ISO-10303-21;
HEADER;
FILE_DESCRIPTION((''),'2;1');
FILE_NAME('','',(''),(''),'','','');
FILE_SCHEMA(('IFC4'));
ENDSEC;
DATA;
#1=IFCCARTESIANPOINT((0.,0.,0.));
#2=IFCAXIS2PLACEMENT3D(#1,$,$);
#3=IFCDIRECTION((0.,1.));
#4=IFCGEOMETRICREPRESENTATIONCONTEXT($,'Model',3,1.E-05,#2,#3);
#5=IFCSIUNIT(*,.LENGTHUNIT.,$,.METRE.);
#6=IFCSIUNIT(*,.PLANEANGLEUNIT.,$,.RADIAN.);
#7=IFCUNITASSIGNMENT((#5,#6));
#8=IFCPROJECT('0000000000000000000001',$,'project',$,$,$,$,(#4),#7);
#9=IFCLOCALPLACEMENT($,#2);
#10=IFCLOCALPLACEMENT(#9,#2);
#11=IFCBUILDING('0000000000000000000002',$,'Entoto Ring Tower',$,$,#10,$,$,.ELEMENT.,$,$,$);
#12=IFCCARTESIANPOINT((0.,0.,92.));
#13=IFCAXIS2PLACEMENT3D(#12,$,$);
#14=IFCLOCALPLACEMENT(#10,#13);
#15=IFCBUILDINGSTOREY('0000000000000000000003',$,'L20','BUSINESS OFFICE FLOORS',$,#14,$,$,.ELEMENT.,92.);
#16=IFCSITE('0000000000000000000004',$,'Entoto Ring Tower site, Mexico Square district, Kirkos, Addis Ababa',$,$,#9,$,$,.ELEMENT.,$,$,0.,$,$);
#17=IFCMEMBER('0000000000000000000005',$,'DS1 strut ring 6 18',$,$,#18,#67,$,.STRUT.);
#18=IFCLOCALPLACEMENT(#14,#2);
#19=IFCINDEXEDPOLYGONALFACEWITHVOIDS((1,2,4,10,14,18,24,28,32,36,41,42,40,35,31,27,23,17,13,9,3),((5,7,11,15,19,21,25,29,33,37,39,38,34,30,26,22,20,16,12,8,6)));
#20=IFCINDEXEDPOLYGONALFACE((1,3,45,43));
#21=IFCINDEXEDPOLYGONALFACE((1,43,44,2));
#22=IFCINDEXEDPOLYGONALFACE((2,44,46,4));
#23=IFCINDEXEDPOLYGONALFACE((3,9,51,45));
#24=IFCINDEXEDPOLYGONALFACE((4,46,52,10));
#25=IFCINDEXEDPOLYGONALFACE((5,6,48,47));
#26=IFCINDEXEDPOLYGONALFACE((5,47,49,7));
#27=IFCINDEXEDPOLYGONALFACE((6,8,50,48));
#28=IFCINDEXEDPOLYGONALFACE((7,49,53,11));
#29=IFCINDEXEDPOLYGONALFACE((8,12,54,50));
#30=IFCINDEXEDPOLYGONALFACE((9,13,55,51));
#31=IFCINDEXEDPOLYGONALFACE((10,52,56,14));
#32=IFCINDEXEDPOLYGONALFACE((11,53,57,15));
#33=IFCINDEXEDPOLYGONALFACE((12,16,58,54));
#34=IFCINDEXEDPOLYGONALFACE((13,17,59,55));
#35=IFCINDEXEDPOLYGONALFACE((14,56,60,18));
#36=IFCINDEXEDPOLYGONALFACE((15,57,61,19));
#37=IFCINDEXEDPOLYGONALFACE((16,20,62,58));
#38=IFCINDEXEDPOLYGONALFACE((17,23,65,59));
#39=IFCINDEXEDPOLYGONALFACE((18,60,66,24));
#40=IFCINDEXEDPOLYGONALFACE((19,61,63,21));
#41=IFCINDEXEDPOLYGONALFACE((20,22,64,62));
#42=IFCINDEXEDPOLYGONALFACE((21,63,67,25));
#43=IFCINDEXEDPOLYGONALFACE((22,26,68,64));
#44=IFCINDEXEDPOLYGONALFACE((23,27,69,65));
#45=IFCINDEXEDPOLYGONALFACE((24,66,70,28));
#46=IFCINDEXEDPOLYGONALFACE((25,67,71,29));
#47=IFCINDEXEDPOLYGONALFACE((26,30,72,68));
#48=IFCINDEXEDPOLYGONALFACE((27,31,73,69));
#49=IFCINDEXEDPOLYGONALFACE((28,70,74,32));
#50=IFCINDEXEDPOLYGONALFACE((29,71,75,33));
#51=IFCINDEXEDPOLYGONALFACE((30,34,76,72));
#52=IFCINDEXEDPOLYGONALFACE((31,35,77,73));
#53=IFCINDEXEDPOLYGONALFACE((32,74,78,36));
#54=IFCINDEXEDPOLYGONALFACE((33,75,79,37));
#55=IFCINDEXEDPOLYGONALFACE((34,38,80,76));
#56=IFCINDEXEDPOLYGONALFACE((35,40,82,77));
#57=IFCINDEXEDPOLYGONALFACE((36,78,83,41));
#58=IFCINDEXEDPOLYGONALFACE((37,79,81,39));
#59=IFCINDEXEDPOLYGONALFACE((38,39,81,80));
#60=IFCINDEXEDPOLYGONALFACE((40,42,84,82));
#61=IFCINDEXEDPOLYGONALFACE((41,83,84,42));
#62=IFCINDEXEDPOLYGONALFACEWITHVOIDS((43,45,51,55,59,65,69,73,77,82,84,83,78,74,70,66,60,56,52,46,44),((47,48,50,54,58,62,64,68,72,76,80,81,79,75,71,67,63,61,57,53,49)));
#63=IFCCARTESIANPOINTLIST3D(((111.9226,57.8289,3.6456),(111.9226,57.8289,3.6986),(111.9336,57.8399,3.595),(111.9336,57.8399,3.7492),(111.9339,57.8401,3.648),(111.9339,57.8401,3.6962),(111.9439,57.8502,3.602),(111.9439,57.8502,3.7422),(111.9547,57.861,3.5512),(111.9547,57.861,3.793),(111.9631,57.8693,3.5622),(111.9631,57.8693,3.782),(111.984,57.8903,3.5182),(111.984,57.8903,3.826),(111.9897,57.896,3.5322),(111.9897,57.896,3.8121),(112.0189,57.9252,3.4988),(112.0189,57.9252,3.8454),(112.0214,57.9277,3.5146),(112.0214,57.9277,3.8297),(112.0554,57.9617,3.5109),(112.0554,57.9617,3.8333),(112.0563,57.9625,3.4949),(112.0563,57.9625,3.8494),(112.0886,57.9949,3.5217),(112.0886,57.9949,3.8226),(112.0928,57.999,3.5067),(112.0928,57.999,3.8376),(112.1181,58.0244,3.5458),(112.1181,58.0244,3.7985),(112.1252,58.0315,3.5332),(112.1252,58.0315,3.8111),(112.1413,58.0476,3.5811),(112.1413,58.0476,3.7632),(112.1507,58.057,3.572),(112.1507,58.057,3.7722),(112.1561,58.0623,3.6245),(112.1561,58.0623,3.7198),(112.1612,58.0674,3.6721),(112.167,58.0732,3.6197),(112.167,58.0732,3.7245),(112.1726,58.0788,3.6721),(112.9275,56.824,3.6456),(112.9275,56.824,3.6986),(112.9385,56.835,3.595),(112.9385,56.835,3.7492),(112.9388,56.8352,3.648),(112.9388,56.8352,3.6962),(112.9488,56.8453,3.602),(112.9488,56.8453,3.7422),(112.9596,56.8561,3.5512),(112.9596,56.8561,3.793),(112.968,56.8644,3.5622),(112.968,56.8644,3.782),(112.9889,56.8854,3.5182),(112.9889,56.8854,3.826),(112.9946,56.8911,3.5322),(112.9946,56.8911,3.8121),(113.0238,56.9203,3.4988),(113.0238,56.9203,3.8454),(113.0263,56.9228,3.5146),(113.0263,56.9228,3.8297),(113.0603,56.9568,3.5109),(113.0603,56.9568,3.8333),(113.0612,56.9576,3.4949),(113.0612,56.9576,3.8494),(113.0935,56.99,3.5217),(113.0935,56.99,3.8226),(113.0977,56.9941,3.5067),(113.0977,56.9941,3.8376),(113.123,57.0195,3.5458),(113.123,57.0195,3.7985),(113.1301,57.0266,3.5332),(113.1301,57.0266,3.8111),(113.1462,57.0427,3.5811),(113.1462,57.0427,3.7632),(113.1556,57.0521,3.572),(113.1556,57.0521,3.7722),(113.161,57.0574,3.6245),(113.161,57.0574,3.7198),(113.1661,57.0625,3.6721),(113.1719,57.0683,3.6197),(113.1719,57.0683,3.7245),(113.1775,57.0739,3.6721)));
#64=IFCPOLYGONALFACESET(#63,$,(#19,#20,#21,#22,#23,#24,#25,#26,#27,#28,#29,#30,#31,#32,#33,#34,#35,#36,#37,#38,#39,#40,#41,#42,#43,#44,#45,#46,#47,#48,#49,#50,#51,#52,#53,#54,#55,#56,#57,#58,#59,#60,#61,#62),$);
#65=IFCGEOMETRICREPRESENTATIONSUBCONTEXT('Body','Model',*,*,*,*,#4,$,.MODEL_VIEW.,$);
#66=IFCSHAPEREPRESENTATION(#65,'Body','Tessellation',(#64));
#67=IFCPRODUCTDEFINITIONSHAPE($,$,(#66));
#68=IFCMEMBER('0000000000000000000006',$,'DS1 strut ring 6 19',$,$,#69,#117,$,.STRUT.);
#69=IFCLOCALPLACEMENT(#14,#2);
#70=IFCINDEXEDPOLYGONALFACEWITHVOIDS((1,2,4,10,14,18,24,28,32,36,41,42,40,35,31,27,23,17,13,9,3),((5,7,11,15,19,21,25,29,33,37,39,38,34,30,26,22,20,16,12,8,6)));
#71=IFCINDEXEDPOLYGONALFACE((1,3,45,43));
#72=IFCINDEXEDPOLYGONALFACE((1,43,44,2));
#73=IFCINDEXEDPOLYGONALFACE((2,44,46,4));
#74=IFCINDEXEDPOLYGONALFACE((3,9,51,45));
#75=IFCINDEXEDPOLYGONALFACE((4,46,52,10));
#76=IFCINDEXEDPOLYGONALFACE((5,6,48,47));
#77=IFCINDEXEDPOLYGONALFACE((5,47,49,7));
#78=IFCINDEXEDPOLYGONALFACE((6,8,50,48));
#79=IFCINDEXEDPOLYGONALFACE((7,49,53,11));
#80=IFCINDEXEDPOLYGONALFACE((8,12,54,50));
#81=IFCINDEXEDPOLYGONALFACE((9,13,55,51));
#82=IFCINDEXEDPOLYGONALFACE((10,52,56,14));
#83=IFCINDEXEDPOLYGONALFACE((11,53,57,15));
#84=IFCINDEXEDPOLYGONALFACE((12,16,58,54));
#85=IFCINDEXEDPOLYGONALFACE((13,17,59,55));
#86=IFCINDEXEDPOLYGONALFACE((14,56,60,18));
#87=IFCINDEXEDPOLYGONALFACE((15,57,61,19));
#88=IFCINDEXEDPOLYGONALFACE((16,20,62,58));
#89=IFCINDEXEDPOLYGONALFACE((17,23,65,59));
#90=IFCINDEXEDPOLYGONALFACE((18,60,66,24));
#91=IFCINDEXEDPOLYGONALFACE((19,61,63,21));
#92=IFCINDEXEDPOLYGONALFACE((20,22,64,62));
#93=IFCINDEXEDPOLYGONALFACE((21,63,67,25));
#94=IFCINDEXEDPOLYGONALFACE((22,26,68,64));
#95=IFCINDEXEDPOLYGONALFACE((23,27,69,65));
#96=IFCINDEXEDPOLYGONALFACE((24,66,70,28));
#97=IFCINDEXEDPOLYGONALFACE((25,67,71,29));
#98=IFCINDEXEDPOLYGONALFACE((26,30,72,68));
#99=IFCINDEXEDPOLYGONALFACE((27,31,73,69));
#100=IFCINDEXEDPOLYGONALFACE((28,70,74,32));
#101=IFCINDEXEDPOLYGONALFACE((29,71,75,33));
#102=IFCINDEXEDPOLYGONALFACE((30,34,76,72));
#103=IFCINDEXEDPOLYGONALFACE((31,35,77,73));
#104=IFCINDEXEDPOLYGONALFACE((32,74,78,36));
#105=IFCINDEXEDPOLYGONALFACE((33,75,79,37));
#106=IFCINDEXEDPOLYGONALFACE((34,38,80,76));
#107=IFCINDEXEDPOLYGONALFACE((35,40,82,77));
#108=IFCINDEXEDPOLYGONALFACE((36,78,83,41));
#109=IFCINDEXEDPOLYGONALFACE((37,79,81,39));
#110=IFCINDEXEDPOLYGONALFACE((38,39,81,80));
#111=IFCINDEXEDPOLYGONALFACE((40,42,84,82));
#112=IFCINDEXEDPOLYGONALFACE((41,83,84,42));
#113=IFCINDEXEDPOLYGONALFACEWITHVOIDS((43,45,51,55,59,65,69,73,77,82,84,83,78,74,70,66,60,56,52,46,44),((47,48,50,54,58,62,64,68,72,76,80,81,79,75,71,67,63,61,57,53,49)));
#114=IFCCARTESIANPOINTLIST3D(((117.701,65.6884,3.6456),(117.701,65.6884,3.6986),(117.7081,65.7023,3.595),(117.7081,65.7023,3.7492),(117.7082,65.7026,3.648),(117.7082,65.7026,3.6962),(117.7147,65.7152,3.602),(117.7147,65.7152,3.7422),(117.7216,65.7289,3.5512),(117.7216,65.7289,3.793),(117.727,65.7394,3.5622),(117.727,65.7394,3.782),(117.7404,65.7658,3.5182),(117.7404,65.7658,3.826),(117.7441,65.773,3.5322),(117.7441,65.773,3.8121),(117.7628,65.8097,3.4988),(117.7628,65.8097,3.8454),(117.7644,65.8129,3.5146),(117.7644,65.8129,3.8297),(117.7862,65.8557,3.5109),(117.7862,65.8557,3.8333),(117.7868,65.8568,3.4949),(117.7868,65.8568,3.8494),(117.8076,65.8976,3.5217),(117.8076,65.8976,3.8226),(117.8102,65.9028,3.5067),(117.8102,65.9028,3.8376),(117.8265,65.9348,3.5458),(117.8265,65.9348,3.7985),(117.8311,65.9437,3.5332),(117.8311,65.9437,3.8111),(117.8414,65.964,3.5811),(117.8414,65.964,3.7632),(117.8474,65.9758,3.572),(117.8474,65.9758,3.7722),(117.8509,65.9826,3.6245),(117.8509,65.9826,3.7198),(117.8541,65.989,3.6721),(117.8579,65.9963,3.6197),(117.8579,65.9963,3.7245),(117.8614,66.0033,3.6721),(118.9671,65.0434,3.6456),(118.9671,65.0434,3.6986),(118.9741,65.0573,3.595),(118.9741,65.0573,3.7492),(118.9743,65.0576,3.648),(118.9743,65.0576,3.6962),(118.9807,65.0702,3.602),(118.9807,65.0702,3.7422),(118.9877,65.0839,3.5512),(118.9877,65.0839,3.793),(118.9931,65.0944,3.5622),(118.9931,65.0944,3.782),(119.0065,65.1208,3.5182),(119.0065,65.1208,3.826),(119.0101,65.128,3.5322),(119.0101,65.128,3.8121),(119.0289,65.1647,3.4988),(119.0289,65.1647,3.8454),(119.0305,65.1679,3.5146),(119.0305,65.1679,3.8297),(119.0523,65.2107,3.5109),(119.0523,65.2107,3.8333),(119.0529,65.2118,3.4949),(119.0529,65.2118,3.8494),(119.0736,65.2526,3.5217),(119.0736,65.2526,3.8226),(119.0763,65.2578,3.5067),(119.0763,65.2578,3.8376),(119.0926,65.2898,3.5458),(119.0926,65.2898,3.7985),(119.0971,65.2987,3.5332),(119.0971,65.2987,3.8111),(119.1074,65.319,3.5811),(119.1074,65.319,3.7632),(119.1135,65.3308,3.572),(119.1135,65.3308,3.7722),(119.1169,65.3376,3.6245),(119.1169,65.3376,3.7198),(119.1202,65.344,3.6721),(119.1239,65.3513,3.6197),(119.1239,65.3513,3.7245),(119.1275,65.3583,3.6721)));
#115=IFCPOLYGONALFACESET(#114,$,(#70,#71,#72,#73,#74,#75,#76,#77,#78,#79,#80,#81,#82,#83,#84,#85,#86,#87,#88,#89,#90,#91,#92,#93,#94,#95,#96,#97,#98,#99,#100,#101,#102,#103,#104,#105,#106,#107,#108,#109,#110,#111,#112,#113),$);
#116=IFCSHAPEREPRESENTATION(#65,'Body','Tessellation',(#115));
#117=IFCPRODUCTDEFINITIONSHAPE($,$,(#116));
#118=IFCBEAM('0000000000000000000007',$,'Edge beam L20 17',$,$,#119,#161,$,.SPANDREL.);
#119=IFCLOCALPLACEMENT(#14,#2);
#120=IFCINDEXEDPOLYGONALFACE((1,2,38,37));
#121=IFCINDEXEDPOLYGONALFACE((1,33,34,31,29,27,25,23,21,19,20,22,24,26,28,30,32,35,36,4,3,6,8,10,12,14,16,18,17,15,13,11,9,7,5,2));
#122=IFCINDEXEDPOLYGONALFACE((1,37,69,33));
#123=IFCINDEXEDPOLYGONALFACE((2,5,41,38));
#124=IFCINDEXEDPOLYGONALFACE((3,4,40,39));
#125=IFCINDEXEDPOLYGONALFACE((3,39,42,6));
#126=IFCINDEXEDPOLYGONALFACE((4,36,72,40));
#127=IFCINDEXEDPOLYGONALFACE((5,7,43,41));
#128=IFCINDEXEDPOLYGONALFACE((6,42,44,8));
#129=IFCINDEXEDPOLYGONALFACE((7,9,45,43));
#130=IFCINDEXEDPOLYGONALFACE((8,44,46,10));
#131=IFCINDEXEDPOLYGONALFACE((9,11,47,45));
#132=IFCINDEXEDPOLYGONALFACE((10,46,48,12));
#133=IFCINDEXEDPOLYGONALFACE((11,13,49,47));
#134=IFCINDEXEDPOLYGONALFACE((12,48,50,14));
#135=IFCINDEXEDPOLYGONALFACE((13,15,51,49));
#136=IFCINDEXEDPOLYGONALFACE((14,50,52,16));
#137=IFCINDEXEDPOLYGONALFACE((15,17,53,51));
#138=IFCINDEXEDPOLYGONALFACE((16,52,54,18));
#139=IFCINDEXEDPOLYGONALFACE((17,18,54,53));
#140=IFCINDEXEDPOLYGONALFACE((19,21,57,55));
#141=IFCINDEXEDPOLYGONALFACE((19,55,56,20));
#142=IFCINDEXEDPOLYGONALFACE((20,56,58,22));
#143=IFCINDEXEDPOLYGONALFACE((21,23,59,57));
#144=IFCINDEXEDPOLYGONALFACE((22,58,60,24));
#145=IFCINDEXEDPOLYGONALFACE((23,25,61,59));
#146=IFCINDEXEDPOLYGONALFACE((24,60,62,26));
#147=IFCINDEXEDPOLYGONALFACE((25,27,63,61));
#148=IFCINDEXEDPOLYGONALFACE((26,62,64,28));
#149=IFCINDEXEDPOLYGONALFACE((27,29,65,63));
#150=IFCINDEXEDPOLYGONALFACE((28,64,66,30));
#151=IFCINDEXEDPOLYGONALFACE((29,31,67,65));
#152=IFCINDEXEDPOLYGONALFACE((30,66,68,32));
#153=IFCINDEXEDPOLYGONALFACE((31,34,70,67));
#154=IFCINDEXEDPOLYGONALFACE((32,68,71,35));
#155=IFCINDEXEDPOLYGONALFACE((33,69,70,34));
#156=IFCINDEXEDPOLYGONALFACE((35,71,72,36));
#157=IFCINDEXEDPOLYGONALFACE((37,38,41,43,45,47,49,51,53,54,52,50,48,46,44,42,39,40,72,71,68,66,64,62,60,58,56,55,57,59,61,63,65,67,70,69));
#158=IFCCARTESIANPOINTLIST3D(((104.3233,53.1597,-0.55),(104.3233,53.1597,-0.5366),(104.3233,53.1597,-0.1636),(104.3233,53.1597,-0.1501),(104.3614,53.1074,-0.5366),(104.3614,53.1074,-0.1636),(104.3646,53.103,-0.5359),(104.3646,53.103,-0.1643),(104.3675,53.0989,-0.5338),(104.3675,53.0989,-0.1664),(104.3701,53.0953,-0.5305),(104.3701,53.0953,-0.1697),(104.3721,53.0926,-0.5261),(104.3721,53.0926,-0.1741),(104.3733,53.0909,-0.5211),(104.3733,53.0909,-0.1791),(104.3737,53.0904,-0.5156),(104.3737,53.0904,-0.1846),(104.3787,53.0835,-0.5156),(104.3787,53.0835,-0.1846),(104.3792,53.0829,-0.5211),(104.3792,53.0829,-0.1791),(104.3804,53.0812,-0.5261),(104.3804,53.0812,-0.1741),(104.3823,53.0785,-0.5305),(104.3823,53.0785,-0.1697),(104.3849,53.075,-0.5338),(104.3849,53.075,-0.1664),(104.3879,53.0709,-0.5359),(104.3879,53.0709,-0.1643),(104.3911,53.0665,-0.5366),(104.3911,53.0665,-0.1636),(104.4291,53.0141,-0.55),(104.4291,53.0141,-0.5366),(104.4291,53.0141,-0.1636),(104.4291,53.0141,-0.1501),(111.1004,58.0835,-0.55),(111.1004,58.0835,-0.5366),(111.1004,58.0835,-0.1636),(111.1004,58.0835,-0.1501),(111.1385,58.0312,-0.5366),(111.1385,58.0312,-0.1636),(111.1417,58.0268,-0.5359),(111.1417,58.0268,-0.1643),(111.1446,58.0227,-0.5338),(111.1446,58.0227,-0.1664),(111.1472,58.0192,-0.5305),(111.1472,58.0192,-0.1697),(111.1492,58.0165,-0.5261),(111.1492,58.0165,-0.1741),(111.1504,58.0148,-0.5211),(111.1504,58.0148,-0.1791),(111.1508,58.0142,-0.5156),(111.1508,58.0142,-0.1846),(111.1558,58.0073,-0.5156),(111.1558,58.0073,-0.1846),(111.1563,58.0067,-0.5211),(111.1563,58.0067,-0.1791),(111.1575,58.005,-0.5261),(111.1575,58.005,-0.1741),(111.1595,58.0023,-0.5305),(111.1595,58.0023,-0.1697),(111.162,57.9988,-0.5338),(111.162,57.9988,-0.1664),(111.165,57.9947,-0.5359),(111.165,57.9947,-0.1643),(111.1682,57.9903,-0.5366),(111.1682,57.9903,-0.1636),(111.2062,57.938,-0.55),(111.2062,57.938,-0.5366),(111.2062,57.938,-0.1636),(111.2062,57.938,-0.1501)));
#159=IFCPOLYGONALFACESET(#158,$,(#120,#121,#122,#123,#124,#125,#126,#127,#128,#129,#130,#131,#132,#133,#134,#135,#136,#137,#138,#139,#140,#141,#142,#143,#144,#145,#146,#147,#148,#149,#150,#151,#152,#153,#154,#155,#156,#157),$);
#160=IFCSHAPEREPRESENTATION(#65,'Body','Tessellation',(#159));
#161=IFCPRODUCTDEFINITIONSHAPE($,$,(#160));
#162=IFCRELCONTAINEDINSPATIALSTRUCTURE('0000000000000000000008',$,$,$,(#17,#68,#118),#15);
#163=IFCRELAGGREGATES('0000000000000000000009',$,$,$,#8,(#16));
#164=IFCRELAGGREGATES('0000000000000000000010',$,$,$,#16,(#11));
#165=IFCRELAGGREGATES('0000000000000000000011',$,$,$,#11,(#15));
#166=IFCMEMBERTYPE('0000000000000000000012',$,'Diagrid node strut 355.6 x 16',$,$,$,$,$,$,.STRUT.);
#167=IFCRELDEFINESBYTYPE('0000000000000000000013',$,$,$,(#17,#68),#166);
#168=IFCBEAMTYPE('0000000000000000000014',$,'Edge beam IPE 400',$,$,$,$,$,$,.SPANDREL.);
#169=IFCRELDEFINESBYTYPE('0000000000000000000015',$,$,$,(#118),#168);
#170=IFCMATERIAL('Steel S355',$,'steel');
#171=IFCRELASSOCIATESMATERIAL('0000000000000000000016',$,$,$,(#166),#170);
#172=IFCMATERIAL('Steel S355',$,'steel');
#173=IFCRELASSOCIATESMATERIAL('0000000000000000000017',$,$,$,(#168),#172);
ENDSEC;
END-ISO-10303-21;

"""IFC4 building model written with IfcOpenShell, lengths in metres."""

from ifc_helpers import new_model, si_unit, direction, frame, origin, origin_2d, place, context, subcontext, project, spatial, circle, hollow_circle, i_section, extrude, material, material_profile, profile_set, type_object, element, save


model = new_model("IFC4")

# Units and contexts
model_context = context("Model", 3, precision=1e-05, world=origin(), true_north=direction((0.0, 1.0)))
body_context = subcontext(model_context, "Body", "Model", "MODEL_VIEW")
ifc_project = project(units=[si_unit("LENGTHUNIT", "METRE"), si_unit("PLANEANGLEUNIT", "RADIAN")], contexts=[model_context])

# Site, building, storey
site_placement = place(None, origin())
site = spatial("IfcSite", under=ifc_project, at=site_placement, Name="Entoto Ring Tower site, Mexico Square district, Kirkos, Addis Ababa", CompositionType="ELEMENT", RefElevation=0.0)
building_placement = place(site_placement, origin())
building = spatial("IfcBuilding", under=site, at=building_placement, Name="Entoto Ring Tower", CompositionType="ELEMENT")
storey_placement = place(building_placement, frame((0.0, 0.0, 92.0)))
storey = spatial("IfcBuildingStorey", under=building, at=storey_placement, Name="L20", Description="BUSINESS OFFICE FLOORS", CompositionType="ELEMENT", Elevation=92.0)

# Members
ifc_material_1 = material(Name="Steel S355", Category="steel")
ifc_material_profile_1 = material_profile(ifc_material_1, hollow_circle(Radius=0.1777, WallThickness=0.0161, at=origin_2d()), Name="CHS 355.6 x 16")
ifc_material_2 = material(Name="Concrete C60/75", Category="concrete")
ifc_material_profile_2 = material_profile(ifc_material_2, circle(Radius=0.1619, at=origin_2d()), Name="Concrete C60/75 infill")
ifc_profile_set_1 = profile_set([ifc_material_profile_1, ifc_material_profile_2], Name="Steel S355")
member_type = type_object("IfcMemberType", Name="Diagrid node strut 355.6 x 16", PredefinedType="STRUT", material=ifc_profile_set_1)
member_1_placement = place(storey_placement, frame((112.0469, 57.9531, 3.6721), z_axis=(0.707107, -0.707107, 0.0), x_axis=(0.707107, 0.707107, 0.0)))
element("IfcMember", 1, at=member_1_placement, inside=storey, type_object=member_type, Name="DS1 strut ring 6 18", PredefinedType="STRUT", context=body_context, shape_type="SweptSolid", body=[
    extrude(hollow_circle(Radius=0.1777, WallThickness=0.0161, at=origin_2d()), origin(), (0.0, 0.0, 1.0), 1.4211),
])
member_2_placement = place(storey_placement, frame((117.7808, 65.845, 3.6721), z_axis=(0.891034, -0.453936, 0.0), x_axis=(0.453936, 0.891034, 0.0)))
element("IfcMember", 2, at=member_2_placement, inside=storey, type_object=member_type, Name="DS1 strut ring 6 19", PredefinedType="STRUT", context=body_context, shape_type="SweptSolid", body=[
    extrude(hollow_circle(Radius=0.1777, WallThickness=0.0161, at=origin_2d()), origin(), (0.0, 0.0, 1.0), 1.4209),
])

# Beam
ifc_material_3 = material(Name="Steel S355", Category="steel")
ifc_material_profile_3 = material_profile(ifc_material_3, i_section(OverallWidth=0.1799, OverallDepth=0.3999, WebThickness=0.0085, FlangeThickness=0.0134, FilletRadius=0.021, at=origin_2d()), Name="IPE 400")
ifc_profile_set_2 = profile_set([ifc_material_profile_3], Name="Steel S355")
beam_type = type_object("IfcBeamType", Name="Edge beam IPE 400", PredefinedType="SPANDREL", material=ifc_profile_set_2)
for number, where, z_axis, x_axis, name in (
    (3, (104.3762, 53.0869, -0.3501), (0.809018, 0.587783, 0.0), (-0.587783, 0.809018, 0.0), "Edge beam L20 17"),
):
    element("IfcBeam", number, at=place(storey_placement, frame(where, z_axis=z_axis, x_axis=x_axis)), inside=storey, type_object=beam_type, Name=name, PredefinedType="SPANDREL", context=body_context, shape_type="SweptSolid", body=[
        extrude(i_section(OverallWidth=0.1799, OverallDepth=0.3999, WebThickness=0.0085, FlangeThickness=0.0134, FilletRadius=0.021, at=origin_2d()), origin(), (0.0, 0.0, 1.0), 8.377),
    ])

save(model, "model.ifc")
